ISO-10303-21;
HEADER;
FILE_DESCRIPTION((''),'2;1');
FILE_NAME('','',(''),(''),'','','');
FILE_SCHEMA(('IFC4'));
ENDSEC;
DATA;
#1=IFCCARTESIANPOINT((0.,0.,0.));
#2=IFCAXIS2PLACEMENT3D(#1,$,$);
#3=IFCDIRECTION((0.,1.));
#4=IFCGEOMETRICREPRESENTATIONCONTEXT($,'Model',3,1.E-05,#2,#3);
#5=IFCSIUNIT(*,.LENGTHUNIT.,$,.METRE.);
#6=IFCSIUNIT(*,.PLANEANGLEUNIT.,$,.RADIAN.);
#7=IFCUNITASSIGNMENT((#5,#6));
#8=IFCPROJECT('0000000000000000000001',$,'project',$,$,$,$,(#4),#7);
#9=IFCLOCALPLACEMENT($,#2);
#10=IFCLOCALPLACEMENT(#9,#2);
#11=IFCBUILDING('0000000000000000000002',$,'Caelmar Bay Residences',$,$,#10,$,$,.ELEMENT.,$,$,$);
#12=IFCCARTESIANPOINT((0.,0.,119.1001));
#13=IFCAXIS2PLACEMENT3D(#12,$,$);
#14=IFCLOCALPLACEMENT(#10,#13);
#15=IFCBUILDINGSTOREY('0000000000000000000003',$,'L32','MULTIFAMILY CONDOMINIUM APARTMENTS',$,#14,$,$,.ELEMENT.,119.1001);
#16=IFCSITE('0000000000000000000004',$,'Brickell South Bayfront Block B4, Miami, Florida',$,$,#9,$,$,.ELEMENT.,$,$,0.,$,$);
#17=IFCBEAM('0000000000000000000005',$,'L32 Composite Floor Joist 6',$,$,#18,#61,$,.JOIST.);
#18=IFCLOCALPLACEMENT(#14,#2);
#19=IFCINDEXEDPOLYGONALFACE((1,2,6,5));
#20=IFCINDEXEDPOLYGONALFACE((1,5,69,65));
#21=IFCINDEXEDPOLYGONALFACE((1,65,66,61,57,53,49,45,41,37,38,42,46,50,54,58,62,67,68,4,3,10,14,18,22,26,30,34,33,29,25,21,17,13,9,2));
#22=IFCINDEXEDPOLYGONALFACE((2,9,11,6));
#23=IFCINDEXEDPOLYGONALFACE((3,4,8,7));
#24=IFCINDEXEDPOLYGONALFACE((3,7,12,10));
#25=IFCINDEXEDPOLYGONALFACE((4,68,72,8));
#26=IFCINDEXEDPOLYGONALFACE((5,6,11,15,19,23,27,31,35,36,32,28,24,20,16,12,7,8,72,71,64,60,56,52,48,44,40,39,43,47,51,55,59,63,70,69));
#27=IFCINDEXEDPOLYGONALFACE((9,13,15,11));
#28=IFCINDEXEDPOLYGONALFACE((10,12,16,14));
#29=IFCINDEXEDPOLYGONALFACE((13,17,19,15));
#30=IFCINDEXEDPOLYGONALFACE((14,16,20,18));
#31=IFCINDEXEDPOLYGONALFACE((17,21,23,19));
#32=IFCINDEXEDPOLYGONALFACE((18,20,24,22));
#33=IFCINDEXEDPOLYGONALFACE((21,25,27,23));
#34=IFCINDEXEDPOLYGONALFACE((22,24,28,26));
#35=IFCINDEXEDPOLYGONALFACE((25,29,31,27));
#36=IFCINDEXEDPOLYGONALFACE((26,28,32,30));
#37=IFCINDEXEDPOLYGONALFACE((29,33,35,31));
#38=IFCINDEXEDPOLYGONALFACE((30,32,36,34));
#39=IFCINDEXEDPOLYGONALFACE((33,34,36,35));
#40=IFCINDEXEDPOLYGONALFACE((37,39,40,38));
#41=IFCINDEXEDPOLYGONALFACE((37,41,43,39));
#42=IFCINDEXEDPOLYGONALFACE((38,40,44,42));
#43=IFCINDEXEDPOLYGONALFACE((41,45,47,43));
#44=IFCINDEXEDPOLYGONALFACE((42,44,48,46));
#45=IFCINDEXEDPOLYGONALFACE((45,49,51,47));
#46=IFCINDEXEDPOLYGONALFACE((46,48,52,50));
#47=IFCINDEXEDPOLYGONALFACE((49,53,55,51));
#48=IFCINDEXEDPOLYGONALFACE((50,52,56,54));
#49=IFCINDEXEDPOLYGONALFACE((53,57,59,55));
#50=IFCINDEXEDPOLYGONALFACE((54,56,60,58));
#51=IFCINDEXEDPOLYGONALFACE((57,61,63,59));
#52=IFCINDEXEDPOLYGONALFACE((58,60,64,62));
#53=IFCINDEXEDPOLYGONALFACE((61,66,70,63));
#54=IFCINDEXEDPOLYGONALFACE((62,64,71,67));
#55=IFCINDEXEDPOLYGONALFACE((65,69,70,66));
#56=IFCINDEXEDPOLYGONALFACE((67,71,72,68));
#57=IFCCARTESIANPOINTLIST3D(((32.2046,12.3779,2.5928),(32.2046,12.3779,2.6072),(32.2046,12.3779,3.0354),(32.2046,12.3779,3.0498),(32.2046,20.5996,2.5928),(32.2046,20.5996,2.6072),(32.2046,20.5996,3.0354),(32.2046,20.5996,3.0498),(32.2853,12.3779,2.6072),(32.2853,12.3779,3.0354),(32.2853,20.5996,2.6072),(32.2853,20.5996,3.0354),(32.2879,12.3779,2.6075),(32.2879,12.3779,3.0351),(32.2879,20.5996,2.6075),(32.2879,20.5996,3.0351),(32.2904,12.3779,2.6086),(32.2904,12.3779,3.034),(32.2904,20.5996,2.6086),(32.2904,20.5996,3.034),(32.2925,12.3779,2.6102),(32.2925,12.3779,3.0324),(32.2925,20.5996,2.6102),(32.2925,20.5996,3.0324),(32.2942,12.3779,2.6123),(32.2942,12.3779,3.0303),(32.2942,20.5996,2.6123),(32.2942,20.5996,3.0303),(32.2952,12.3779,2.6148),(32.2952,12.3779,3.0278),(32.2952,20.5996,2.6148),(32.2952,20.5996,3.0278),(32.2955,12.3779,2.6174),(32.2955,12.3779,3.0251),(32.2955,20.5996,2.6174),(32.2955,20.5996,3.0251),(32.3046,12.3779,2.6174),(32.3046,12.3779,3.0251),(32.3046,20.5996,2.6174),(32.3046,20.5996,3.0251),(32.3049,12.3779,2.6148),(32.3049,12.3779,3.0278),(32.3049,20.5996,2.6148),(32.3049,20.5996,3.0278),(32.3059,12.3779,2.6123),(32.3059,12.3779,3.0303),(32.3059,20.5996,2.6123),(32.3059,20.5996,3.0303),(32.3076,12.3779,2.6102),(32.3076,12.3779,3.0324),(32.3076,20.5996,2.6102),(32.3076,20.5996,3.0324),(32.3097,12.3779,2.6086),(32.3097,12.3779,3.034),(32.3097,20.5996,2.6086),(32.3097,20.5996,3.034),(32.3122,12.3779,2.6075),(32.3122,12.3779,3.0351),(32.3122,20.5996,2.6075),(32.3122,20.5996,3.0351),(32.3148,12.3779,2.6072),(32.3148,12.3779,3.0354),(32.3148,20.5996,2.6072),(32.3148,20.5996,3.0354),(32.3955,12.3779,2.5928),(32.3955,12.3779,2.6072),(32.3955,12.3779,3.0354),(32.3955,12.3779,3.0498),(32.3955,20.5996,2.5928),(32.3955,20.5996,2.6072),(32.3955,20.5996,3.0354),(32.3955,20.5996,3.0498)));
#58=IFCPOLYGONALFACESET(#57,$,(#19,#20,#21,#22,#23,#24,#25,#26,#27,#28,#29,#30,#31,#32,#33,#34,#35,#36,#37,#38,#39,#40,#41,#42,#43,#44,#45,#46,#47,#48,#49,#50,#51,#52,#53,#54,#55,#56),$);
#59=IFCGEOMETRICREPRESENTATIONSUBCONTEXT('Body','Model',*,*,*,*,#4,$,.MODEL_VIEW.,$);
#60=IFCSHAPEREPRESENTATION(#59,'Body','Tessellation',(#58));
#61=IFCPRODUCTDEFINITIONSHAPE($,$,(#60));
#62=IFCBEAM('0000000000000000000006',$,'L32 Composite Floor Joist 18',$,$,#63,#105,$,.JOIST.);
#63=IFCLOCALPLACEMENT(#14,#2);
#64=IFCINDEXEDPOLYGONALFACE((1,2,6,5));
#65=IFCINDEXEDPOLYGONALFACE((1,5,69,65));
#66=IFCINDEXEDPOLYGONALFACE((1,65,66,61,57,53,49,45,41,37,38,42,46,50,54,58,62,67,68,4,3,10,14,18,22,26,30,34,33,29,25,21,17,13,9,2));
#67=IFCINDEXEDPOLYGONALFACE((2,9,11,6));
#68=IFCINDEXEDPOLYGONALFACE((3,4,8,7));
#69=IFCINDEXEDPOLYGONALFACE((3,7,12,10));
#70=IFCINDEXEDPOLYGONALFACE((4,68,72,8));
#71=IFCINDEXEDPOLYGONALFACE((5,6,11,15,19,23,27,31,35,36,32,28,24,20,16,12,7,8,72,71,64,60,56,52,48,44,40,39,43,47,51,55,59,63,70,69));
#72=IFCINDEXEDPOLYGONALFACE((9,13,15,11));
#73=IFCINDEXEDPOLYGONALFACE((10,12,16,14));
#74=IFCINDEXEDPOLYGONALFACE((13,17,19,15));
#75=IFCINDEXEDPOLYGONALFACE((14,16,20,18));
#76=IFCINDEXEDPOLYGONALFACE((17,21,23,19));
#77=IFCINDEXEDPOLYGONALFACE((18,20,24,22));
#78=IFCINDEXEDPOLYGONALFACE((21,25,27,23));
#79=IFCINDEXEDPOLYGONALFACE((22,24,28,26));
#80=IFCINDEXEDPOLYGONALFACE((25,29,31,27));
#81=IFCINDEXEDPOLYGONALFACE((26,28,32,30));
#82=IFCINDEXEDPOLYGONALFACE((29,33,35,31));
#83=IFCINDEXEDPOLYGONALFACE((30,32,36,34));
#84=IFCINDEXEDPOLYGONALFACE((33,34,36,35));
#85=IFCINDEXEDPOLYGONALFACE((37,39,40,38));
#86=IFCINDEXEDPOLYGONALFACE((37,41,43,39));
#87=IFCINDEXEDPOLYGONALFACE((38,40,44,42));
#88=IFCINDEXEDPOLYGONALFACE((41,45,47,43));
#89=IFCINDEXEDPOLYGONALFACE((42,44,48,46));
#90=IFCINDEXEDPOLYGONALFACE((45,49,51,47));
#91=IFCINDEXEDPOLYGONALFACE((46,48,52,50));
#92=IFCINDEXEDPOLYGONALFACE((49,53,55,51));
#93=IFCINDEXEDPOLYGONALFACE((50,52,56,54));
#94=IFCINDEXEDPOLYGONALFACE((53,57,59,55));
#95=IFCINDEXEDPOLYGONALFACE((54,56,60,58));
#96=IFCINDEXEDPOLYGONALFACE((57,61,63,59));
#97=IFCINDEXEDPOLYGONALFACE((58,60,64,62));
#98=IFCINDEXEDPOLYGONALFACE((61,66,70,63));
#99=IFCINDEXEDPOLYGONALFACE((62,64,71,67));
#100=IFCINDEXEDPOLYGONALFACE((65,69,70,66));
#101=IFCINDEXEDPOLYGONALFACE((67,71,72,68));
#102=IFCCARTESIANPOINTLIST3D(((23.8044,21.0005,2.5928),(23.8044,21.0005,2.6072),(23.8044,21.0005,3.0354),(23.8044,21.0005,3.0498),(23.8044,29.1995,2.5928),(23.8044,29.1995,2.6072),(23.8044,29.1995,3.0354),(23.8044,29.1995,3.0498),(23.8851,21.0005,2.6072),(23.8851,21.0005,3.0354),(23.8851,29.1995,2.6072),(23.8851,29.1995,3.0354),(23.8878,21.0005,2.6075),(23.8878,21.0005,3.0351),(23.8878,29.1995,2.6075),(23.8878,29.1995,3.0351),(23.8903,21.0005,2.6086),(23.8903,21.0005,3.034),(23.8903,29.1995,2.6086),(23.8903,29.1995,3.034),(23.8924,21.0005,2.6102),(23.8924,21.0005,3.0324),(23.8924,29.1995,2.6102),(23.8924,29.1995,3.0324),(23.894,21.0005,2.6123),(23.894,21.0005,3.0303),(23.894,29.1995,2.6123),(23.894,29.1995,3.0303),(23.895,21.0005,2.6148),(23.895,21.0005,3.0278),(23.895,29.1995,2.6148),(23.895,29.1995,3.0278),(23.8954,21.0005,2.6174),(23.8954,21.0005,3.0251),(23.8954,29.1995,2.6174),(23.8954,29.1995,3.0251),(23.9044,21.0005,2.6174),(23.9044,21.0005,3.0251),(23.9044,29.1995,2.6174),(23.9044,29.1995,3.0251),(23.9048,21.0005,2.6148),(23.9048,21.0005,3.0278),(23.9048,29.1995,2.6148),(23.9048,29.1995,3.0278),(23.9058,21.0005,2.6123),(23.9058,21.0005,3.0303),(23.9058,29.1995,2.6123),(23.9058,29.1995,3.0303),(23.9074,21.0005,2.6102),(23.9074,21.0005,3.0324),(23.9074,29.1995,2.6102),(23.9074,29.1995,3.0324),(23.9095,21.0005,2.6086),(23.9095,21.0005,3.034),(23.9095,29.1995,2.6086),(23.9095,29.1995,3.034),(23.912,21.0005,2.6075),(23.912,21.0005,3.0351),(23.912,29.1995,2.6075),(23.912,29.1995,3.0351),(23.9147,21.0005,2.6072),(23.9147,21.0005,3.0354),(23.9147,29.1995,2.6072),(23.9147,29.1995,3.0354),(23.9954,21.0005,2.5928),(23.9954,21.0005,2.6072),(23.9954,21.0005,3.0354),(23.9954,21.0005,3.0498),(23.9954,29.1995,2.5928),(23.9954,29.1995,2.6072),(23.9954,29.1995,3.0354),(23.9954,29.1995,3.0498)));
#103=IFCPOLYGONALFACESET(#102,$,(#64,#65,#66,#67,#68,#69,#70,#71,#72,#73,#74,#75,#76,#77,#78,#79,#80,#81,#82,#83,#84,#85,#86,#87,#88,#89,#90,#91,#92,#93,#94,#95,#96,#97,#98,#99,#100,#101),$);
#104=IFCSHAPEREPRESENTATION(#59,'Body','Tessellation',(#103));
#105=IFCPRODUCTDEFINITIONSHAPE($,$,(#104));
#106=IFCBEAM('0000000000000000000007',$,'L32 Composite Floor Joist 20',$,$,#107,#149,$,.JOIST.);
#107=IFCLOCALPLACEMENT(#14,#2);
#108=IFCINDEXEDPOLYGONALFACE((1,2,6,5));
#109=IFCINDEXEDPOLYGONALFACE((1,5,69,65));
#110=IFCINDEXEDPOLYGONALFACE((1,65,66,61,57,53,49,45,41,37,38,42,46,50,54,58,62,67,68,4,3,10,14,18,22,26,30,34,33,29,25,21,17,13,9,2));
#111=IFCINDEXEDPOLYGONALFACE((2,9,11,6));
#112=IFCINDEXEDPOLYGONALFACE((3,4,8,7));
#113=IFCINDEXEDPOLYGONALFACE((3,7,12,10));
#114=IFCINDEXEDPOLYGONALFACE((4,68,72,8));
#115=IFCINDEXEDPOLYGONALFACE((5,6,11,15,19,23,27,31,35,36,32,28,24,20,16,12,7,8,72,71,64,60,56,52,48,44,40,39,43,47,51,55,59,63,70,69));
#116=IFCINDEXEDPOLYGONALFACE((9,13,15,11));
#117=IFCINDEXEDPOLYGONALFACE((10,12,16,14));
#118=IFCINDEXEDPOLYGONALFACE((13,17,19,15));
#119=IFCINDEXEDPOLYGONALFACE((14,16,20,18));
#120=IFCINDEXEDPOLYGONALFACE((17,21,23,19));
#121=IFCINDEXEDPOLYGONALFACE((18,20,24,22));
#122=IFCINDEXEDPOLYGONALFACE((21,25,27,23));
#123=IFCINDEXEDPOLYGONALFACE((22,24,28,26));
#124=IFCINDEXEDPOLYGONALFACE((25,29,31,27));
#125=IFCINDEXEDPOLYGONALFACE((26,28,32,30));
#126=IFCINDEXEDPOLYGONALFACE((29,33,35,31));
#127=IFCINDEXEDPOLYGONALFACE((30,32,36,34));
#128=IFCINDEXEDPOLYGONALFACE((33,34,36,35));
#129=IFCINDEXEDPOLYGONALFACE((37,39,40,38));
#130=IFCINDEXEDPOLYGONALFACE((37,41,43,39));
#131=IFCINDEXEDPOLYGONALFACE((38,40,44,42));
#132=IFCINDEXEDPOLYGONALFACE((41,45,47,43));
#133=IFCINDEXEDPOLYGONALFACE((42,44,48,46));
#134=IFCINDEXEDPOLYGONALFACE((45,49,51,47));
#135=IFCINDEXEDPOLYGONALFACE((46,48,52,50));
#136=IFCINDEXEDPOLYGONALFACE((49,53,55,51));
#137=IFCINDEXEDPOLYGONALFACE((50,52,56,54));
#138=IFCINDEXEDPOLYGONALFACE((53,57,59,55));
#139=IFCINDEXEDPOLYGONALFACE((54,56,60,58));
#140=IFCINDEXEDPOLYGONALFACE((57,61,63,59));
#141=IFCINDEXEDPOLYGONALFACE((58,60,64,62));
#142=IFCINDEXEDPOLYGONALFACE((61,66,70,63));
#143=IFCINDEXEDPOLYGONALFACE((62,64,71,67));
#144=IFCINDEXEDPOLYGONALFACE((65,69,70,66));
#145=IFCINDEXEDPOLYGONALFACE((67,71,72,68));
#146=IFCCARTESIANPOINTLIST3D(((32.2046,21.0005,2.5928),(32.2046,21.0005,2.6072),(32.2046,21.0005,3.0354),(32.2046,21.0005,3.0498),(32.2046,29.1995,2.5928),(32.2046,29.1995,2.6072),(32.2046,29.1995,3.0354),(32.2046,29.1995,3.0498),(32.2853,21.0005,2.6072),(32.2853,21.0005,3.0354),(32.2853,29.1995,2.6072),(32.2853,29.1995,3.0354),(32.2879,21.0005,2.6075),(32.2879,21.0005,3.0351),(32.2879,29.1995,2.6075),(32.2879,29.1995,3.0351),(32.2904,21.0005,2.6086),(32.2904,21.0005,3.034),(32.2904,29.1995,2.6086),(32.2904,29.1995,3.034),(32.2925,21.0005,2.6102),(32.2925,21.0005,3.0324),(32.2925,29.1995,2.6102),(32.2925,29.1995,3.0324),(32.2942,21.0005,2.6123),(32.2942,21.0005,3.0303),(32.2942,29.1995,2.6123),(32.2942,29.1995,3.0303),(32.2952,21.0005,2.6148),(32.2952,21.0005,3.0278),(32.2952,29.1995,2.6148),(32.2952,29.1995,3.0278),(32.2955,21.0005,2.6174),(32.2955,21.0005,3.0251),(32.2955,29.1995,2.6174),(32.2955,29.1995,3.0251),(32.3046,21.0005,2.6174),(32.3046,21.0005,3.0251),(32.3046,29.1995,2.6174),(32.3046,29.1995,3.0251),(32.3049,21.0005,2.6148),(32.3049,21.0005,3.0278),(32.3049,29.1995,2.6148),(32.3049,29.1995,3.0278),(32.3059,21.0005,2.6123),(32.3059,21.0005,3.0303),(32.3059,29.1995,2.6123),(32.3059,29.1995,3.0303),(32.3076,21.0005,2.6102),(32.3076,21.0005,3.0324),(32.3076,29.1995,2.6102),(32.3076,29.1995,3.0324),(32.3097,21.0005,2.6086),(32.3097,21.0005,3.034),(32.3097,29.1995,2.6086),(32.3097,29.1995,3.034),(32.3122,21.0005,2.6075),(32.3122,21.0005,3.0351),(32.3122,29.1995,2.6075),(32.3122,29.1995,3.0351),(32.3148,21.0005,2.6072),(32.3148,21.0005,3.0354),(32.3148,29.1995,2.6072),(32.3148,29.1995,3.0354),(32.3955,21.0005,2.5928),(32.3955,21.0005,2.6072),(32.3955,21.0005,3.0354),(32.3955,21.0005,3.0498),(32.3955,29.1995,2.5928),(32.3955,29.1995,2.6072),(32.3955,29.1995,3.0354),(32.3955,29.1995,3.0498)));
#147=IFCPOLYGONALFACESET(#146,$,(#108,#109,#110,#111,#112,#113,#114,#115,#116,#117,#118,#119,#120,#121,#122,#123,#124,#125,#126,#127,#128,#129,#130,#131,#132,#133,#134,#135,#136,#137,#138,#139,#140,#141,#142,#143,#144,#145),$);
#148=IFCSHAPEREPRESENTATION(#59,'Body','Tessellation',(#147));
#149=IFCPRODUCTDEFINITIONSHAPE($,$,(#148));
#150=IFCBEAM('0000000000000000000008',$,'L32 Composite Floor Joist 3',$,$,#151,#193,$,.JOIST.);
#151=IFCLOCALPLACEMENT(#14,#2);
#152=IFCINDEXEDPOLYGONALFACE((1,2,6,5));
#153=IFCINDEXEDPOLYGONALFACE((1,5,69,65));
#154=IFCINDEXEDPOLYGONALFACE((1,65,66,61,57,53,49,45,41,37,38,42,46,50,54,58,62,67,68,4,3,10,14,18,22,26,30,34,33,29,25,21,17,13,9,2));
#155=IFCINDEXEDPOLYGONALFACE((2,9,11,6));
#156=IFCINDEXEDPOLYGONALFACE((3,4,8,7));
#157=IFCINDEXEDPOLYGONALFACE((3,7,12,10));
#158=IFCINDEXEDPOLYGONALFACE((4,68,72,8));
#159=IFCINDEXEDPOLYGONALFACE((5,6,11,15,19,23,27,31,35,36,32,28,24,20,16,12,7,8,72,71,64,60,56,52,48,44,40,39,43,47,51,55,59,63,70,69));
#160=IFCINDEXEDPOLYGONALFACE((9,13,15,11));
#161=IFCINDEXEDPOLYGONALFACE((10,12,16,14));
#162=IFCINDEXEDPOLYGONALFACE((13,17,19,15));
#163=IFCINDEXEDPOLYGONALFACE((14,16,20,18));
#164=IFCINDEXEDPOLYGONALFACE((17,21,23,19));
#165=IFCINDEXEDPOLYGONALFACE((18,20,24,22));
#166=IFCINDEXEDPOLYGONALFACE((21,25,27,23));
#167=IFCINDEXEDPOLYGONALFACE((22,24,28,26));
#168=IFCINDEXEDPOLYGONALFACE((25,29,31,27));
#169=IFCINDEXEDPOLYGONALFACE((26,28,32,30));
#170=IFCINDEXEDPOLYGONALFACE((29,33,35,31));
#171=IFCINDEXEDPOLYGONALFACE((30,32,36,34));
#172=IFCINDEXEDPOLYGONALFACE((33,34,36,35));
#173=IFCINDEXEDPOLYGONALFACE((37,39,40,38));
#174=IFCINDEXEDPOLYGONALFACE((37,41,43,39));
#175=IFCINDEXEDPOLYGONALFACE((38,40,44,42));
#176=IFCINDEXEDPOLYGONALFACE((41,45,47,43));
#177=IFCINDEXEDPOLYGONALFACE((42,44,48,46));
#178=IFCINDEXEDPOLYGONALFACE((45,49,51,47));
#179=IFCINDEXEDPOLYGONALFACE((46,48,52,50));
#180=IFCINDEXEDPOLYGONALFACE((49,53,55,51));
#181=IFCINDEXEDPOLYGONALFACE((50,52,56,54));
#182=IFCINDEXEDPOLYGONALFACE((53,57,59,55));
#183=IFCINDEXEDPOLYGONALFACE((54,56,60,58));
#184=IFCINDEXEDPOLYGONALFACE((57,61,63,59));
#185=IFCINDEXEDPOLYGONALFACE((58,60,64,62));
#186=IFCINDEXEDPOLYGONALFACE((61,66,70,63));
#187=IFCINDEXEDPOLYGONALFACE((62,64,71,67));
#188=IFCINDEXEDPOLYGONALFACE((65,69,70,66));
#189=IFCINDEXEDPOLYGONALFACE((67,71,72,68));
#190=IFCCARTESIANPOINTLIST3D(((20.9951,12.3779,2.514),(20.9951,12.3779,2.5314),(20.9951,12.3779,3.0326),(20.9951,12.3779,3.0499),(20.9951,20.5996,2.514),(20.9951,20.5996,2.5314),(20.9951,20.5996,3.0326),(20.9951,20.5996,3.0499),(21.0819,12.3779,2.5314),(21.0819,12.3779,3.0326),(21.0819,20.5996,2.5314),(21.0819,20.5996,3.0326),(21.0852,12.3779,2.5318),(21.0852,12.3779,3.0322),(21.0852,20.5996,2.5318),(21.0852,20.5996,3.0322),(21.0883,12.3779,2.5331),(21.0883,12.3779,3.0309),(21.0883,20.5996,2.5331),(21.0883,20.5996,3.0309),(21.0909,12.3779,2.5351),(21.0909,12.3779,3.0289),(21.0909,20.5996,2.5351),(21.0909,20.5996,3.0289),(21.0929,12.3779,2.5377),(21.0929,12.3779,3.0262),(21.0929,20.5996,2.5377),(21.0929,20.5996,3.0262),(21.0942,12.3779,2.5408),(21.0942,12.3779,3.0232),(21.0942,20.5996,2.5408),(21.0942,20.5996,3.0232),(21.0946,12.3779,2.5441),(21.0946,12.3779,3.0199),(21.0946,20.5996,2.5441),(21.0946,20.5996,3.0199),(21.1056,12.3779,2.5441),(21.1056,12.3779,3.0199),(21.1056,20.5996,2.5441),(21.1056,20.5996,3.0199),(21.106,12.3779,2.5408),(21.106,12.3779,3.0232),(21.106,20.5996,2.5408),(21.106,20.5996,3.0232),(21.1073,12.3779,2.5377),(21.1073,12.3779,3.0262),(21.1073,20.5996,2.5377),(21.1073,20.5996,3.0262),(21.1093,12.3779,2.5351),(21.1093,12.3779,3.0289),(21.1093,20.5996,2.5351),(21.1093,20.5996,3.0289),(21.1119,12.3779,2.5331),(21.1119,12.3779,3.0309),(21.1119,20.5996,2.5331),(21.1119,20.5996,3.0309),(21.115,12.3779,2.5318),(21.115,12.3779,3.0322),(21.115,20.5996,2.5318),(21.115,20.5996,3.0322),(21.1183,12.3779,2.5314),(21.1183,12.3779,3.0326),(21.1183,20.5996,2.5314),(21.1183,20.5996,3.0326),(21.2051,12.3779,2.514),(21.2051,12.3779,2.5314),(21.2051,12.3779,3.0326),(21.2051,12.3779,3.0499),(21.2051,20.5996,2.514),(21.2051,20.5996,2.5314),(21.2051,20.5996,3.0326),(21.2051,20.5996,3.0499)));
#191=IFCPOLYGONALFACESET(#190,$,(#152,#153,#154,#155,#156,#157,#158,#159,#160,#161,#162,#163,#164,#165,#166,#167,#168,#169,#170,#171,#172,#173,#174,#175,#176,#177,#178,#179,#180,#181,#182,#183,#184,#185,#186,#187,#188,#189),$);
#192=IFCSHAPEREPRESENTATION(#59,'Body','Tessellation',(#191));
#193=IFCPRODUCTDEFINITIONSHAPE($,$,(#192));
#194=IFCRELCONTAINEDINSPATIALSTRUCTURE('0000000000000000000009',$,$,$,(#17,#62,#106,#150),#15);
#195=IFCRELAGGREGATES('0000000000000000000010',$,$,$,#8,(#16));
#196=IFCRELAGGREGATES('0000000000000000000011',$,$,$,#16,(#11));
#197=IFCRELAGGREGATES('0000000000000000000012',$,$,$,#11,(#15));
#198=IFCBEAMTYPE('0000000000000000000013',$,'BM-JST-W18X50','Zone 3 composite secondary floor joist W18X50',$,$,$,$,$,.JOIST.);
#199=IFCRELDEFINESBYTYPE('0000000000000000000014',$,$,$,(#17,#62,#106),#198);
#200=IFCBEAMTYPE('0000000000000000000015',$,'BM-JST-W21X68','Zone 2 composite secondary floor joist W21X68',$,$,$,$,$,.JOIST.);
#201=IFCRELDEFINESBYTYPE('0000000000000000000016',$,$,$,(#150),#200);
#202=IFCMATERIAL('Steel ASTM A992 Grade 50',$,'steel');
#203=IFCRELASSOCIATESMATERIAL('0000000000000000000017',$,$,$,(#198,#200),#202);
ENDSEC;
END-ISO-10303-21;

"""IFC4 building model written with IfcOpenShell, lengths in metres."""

from ifc_helpers import new_model, si_unit, direction, frame, origin, origin_2d, place, context, subcontext, project, spatial, i_section, extrude, material, material_profile, profile_set, type_object, element, save


model = new_model("IFC4")

# Units and contexts
model_context = context("Model", 3, precision=1e-05, world=origin(), true_north=direction((0.0, 1.0)))
body_context = subcontext(model_context, "Body", "Model", "MODEL_VIEW")
ifc_project = project(units=[si_unit("LENGTHUNIT", "METRE"), si_unit("PLANEANGLEUNIT", "RADIAN")], contexts=[model_context])

# Site, building, storey
site_placement = place(None, origin())
site = spatial("IfcSite", under=ifc_project, at=site_placement, Name="Brickell South Bayfront Block B4, Miami, Florida", CompositionType="ELEMENT", RefElevation=0.0)
building_placement = place(site_placement, origin())
building = spatial("IfcBuilding", under=site, at=building_placement, Name="Caelmar Bay Residences", CompositionType="ELEMENT")
storey_placement = place(building_placement, frame((0.0, 0.0, 119.1001)))
storey = spatial("IfcBuildingStorey", under=building, at=storey_placement, Name="L32", Description="MULTIFAMILY CONDOMINIUM APARTMENTS", CompositionType="ELEMENT", Elevation=119.1001)

# Beams
ifc_material_1 = material(Name="Steel ASTM A992 Grade 50", Category="steel")
ifc_material_profile_1 = material_profile(ifc_material_1, i_section(OverallWidth=0.1909, OverallDepth=0.457, WebThickness=0.009, FlangeThickness=0.0144, FilletRadius=0.0103, at=origin_2d()), Name="W18X50")
ifc_profile_set_1 = profile_set([ifc_material_profile_1], Name="Steel ASTM A992 Grade 50")
beam_type_1 = type_object("IfcBeamType", Name="BM-JST-W18X50", Description="Zone 3 composite secondary floor joist W18X50", PredefinedType="JOIST", material=ifc_profile_set_1)
for number, where, z_axis, x_axis, name in (
    (1, (32.3, 12.3779, 2.8213), (0.0, 1.0, 0.0), (-1.0, 0.0, 0.0), "L32 Composite Floor Joist 6"),
):
    element("IfcBeam", number, at=place(storey_placement, frame(where, z_axis=z_axis, x_axis=x_axis)), inside=storey, type_object=beam_type_1, Name=name, PredefinedType="JOIST", context=body_context, shape_type="SweptSolid", body=[
        extrude(i_section(OverallWidth=0.1909, OverallDepth=0.457, WebThickness=0.009, FlangeThickness=0.0144, FilletRadius=0.0103, at=origin_2d()), origin(), (0.0, 0.0, 1.0), 8.2217),
    ])
for number, where, z_axis, x_axis, name in (
    (2, (23.8999, 21.0005, 2.8213), (0.0, 1.0, 0.0), (-1.0, 0.0, 0.0), "L32 Composite Floor Joist 18"),
    (3, (32.3, 21.0005, 2.8213), (0.0, 1.0, 0.0), (-1.0, 0.0, 0.0), "L32 Composite Floor Joist 20"),
):
    element("IfcBeam", number, at=place(storey_placement, frame(where, z_axis=z_axis, x_axis=x_axis)), inside=storey, type_object=beam_type_1, Name=name, PredefinedType="JOIST", context=body_context, shape_type="SweptSolid", body=[
        extrude(i_section(OverallWidth=0.1909, OverallDepth=0.457, WebThickness=0.009, FlangeThickness=0.0144, FilletRadius=0.0103, at=origin_2d()), origin(), (0.0, 0.0, 1.0), 8.199),
    ])
ifc_material_profile_2 = material_profile(ifc_material_1, i_section(OverallWidth=0.21, OverallDepth=0.5359, WebThickness=0.011, FlangeThickness=0.0173, FilletRadius=0.0127, at=origin_2d()), Name="W21X68")
ifc_profile_set_2 = profile_set([ifc_material_profile_2], Name="Steel ASTM A992 Grade 50")
beam_type_2 = type_object("IfcBeamType", Name="BM-JST-W21X68", Description="Zone 2 composite secondary floor joist W21X68", PredefinedType="JOIST", material=ifc_profile_set_2)
for number, where, z_axis, x_axis, name in (
    (4, (21.1001, 12.3779, 2.782), (0.0, 1.0, 0.0), (-1.0, 0.0, 0.0), "L32 Composite Floor Joist 3"),
):
    element("IfcBeam", number, at=place(storey_placement, frame(where, z_axis=z_axis, x_axis=x_axis)), inside=storey, type_object=beam_type_2, Name=name, PredefinedType="JOIST", context=body_context, shape_type="SweptSolid", body=[
        extrude(i_section(OverallWidth=0.21, OverallDepth=0.5359, WebThickness=0.011, FlangeThickness=0.0173, FilletRadius=0.0127, at=origin_2d()), origin(), (0.0, 0.0, 1.0), 8.2217),
    ])

save(model, "model.ifc")
